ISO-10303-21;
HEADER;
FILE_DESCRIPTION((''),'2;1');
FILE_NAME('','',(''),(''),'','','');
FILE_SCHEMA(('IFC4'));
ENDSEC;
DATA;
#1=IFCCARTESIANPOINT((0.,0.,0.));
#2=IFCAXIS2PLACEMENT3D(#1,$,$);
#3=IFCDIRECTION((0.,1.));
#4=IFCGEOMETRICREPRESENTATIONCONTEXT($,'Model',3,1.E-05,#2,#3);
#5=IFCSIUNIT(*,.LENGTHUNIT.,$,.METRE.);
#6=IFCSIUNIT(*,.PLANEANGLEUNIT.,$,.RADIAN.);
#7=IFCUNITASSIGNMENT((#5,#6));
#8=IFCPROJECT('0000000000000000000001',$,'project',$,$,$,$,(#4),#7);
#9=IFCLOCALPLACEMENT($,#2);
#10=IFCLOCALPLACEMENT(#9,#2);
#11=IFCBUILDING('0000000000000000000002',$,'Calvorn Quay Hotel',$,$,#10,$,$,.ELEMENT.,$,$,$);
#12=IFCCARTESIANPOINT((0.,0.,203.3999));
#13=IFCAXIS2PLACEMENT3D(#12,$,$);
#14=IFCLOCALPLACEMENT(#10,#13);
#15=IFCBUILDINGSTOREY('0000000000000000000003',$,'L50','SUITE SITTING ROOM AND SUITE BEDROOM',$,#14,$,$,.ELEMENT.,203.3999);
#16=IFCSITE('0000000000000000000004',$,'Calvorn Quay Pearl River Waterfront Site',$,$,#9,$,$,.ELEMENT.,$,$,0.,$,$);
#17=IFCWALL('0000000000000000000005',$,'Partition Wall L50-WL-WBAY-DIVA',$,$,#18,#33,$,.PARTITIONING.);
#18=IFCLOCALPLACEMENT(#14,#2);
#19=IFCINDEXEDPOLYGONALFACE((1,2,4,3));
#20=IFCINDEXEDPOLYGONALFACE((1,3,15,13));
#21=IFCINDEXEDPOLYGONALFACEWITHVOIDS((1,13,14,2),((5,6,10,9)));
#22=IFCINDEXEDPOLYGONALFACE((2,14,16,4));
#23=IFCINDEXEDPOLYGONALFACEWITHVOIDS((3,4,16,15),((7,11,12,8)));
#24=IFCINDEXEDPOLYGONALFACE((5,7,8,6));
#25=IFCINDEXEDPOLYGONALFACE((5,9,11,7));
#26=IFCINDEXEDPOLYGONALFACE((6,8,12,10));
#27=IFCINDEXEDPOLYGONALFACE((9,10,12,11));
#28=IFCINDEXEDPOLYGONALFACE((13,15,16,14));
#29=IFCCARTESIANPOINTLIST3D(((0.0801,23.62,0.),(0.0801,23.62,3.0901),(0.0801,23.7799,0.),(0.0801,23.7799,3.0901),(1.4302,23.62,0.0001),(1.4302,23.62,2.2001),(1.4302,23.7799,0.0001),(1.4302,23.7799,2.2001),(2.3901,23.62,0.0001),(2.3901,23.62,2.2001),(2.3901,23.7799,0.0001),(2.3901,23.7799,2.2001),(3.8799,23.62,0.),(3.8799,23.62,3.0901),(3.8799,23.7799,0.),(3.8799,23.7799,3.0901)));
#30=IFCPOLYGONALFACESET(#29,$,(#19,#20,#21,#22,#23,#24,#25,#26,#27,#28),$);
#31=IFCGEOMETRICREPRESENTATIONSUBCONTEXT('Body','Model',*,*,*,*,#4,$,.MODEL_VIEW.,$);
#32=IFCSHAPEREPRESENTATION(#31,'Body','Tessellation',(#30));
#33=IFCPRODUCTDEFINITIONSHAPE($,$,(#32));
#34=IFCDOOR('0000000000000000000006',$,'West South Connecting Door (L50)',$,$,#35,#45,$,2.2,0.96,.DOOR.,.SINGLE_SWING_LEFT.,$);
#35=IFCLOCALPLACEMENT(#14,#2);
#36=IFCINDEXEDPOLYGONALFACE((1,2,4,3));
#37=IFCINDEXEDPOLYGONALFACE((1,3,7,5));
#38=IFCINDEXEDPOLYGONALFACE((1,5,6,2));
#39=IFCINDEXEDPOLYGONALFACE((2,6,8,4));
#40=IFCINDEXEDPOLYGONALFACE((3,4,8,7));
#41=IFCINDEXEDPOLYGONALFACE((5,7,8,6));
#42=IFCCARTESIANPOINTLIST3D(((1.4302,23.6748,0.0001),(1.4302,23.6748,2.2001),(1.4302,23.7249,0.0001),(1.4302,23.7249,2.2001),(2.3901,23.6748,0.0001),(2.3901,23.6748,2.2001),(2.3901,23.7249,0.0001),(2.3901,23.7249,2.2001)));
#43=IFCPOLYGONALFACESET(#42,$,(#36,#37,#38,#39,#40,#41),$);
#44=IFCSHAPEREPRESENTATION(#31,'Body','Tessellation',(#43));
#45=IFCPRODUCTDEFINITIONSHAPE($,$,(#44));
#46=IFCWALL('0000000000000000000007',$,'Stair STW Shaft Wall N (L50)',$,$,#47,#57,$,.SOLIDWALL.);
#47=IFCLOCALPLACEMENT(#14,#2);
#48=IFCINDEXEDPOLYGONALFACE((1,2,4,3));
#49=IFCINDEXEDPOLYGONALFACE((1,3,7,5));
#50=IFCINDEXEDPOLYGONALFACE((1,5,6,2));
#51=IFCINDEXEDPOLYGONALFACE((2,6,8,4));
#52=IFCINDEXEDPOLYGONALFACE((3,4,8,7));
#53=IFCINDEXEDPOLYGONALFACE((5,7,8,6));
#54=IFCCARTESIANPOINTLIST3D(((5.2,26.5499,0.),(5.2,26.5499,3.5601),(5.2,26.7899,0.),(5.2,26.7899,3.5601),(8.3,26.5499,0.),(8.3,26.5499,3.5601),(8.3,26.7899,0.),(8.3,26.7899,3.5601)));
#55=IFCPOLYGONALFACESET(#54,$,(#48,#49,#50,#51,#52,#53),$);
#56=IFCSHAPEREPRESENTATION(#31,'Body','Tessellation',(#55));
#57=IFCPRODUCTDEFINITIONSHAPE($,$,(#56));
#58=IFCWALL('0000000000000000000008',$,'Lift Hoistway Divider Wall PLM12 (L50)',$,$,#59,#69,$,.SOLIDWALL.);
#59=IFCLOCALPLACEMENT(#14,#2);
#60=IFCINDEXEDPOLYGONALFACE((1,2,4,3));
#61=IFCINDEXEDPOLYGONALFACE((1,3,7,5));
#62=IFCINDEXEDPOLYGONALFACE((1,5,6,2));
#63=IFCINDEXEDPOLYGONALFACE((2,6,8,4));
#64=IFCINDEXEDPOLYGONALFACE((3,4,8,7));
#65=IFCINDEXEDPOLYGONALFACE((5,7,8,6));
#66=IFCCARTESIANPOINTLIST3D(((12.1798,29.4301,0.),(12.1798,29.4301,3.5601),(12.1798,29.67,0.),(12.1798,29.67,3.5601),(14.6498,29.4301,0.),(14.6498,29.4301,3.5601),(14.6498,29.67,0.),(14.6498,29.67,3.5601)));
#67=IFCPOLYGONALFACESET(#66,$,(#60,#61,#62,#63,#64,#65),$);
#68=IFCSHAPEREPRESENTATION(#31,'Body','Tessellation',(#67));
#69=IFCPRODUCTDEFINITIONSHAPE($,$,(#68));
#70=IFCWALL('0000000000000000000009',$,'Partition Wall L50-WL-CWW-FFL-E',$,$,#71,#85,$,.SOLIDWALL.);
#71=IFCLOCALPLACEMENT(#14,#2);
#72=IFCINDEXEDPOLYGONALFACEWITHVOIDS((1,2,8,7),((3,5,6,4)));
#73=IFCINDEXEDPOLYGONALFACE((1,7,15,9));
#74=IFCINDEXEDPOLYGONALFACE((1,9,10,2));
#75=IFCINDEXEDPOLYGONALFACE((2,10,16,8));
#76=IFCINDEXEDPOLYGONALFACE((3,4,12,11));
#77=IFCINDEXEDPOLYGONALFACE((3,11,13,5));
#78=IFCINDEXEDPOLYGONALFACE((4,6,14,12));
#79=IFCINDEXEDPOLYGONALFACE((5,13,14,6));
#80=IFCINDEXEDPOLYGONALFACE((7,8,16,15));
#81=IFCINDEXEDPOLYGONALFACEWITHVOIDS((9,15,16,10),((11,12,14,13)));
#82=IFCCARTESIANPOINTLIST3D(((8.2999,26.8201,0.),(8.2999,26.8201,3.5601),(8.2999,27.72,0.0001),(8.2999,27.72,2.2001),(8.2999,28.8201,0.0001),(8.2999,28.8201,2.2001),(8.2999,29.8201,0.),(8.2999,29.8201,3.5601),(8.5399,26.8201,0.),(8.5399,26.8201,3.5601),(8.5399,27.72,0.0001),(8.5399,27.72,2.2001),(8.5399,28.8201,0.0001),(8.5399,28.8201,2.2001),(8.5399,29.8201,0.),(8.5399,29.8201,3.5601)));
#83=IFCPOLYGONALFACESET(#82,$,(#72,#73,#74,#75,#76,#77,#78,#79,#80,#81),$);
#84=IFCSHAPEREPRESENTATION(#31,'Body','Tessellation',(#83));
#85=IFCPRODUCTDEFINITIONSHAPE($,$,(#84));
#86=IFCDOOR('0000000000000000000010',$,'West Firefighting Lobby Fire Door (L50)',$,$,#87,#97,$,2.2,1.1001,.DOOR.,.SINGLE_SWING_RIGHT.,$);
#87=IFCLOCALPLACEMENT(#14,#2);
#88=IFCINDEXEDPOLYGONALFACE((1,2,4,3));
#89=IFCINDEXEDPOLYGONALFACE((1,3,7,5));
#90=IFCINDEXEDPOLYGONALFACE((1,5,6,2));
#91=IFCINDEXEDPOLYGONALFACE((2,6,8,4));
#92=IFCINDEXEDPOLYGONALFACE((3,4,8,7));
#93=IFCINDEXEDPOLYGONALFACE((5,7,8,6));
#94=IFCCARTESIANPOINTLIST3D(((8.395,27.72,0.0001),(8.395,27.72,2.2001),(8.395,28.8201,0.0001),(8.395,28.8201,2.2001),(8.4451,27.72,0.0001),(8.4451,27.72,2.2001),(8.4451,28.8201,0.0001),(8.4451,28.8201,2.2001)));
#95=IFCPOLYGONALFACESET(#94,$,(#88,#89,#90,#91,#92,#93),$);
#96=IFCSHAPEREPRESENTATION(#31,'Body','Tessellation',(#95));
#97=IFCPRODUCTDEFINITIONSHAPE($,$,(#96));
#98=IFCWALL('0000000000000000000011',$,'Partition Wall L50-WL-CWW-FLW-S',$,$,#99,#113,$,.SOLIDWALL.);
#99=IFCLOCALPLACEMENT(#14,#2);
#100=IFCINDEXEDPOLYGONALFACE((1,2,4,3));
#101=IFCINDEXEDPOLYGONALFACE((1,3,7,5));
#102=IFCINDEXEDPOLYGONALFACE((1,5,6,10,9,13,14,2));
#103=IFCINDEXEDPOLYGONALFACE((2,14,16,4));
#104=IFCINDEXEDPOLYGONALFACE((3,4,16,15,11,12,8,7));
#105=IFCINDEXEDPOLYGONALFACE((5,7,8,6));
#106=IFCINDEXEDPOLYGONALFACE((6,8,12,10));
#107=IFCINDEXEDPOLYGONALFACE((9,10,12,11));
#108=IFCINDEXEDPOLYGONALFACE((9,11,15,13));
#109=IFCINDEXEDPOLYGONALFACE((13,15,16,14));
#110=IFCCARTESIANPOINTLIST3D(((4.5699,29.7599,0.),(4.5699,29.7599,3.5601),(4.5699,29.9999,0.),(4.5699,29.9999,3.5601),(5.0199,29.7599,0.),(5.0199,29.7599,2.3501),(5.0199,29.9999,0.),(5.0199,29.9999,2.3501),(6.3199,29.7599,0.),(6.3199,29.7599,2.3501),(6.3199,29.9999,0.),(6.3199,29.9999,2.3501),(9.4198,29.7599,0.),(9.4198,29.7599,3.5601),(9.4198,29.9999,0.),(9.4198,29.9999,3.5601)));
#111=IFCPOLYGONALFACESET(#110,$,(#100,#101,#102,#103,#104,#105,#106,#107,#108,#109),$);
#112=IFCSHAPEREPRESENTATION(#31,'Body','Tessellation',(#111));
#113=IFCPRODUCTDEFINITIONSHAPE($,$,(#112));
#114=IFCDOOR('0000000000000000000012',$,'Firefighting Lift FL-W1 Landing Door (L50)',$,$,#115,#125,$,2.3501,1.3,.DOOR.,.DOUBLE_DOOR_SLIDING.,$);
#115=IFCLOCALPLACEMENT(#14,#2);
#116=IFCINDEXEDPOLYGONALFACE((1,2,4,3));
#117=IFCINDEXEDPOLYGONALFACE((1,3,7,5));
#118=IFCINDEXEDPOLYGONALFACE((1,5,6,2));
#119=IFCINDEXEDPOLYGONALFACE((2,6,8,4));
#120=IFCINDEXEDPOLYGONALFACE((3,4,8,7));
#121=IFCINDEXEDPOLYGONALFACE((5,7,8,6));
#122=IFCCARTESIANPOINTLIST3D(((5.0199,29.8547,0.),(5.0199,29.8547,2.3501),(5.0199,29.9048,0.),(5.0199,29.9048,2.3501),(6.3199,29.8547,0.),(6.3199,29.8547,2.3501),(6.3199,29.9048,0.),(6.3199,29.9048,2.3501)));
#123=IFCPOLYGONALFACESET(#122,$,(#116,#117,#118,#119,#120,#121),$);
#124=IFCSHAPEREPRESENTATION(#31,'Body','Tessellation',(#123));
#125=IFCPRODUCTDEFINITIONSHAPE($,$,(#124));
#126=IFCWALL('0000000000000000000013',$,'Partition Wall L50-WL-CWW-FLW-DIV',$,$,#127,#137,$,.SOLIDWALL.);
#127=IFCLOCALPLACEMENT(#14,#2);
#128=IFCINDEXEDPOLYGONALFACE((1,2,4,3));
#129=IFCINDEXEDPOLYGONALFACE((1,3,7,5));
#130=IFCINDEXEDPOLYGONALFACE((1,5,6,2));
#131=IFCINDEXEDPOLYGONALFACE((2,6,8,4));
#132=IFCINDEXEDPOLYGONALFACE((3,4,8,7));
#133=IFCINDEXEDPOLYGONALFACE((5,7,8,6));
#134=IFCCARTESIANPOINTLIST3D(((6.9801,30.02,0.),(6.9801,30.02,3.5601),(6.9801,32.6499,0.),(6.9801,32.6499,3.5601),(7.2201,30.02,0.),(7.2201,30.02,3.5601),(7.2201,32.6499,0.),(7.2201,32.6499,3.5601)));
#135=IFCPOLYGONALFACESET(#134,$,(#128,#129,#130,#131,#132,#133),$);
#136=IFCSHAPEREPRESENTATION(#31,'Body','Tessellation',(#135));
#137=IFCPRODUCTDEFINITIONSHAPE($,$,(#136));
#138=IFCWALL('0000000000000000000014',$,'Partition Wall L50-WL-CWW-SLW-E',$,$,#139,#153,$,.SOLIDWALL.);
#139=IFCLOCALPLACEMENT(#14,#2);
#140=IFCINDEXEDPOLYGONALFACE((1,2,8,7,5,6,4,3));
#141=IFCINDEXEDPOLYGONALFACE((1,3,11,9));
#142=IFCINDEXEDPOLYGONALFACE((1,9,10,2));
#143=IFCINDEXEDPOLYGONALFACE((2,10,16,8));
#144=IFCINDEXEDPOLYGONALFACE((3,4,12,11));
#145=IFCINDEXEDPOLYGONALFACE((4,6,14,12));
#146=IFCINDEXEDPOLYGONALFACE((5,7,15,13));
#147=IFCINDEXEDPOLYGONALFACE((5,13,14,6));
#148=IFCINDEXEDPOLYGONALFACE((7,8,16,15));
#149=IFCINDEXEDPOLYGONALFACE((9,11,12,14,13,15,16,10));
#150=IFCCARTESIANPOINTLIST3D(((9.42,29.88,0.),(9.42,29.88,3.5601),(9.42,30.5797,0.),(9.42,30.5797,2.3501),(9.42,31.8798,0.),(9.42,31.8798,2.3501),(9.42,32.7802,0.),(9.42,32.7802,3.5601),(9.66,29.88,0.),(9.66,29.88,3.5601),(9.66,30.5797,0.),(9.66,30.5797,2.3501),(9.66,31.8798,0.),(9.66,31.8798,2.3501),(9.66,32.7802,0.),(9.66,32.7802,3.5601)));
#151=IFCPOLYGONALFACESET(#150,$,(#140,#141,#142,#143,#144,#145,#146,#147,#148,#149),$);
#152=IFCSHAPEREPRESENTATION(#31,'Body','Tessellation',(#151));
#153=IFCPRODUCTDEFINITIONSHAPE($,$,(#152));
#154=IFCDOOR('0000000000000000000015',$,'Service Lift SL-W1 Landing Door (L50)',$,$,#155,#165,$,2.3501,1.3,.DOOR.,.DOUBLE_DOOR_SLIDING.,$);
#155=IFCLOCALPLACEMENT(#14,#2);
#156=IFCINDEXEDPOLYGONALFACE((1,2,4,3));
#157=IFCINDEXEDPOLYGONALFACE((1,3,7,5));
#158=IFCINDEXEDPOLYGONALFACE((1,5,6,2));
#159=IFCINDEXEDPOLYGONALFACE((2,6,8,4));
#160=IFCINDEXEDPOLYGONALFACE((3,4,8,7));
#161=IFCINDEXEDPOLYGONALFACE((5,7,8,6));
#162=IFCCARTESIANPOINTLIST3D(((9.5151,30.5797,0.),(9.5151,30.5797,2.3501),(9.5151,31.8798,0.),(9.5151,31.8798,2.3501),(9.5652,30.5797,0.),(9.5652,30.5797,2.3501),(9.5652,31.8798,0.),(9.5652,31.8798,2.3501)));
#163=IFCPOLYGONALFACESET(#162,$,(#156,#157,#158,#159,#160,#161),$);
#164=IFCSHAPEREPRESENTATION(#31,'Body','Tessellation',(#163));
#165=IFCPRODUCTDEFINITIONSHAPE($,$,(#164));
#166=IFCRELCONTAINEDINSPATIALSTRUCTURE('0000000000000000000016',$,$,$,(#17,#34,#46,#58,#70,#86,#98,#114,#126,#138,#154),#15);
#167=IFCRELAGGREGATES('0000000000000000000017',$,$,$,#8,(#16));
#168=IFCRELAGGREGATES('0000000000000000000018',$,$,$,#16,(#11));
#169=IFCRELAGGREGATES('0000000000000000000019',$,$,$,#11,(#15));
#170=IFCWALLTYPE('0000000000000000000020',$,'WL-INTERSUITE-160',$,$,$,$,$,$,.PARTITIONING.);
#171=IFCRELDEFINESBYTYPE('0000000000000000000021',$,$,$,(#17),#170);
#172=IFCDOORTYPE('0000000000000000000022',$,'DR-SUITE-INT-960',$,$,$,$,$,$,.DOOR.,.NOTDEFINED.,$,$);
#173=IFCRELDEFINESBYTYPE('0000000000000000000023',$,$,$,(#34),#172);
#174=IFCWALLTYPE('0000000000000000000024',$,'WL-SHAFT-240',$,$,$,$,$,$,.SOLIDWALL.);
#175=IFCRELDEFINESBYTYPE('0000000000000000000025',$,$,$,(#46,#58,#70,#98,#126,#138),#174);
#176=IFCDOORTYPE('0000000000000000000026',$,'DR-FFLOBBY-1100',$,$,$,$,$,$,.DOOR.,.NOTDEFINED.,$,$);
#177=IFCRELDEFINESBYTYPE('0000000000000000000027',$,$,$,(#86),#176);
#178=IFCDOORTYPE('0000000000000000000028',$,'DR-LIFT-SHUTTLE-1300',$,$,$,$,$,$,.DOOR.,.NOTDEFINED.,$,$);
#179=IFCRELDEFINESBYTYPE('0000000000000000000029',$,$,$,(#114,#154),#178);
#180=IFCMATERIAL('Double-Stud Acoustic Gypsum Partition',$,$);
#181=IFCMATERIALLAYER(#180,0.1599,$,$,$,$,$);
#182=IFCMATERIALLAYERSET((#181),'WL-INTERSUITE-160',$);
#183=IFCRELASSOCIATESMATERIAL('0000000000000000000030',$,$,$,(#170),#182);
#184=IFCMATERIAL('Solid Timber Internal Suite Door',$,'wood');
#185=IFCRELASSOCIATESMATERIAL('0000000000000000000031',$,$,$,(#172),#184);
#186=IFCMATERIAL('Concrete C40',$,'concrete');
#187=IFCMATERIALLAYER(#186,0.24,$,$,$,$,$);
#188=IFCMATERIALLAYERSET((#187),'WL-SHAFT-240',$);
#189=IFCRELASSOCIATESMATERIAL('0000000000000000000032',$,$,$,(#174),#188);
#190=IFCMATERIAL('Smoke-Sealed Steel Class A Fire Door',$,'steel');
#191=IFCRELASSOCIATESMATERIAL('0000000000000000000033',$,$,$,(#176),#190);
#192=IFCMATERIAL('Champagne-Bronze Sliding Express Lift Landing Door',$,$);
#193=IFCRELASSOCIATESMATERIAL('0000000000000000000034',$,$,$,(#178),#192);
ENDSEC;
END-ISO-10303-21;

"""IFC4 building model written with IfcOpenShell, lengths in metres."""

from ifc_helpers import new_model, si_unit, direction, frame, frame_2d, origin, place, context, subcontext, project, spatial, rectangle, extrude, material, layer, layer_set, type_object, element, fill, save


model = new_model("IFC4")

# Units and contexts
model_context = context("Model", 3, precision=1e-05, world=origin(), true_north=direction((0.0, 1.0)))
body_context = subcontext(model_context, "Body", "Model", "MODEL_VIEW")
ifc_project = project(units=[si_unit("LENGTHUNIT", "METRE"), si_unit("PLANEANGLEUNIT", "RADIAN")], contexts=[model_context])

# Site, building, storey
site_placement = place(None, origin())
site = spatial("IfcSite", under=ifc_project, at=site_placement, Name="Calvorn Quay Pearl River Waterfront Site", CompositionType="ELEMENT", RefElevation=0.0)
building_placement = place(site_placement, origin())
building = spatial("IfcBuilding", under=site, at=building_placement, Name="Calvorn Quay Hotel", CompositionType="ELEMENT")
storey_placement = place(building_placement, frame((0.0, 0.0, 203.3999)))
storey = spatial("IfcBuildingStorey", under=building, at=storey_placement, Name="L50", Description="SUITE SITTING ROOM AND SUITE BEDROOM", CompositionType="ELEMENT", Elevation=203.3999)

# Wall, opening, door
ifc_material_1 = material(Name="Double-Stud Acoustic Gypsum Partition")
ifc_layer_1 = layer(ifc_material_1, 0.1599)
ifc_layer_set_1 = layer_set([ifc_layer_1], Name="WL-INTERSUITE-160")
wall_type_1 = type_object("IfcWallType", Name="WL-INTERSUITE-160", PredefinedType="PARTITIONING", material=ifc_layer_set_1)
wall_1_placement = place(storey_placement, frame((0.0801, 23.7, 0.0), z_axis=(0.0, 0.0, 1.0), x_axis=(1.0, 0.0, 0.0)))
wall_1 = element("IfcWall", 1, at=wall_1_placement, inside=storey, type_object=wall_type_1, Name="Partition Wall L50-WL-WBAY-DIVA", PredefinedType="PARTITIONING", context=body_context, shape_type="SweptSolid", body=[
    extrude(rectangle(XDim=3.7998, YDim=0.1599, at=frame_2d((1.8999, 0.0))), origin(), (0.0, 0.0, 1.0), 3.0901),
])
opening_1_placement = place(wall_1_placement, frame((1.3501, 0.0, 0.0)))
opening_1 = element("IfcOpeningElement", 2, at=opening_1_placement, cuts=wall_1, PredefinedType="OPENING", context=body_context, shape_type="SweptSolid", body=[
    extrude(rectangle(XDim=0.96, YDim=2.2, at=frame_2d((0.48, 1.1001))), frame((0.0, 0.0898, 0.0), z_axis=(0.0, -1.0, 0.0), x_axis=(1.0, 0.0, 0.0)), (0.0, 0.0, 1.0), 0.1799),
])
ifc_material_2 = material(Name="Solid Timber Internal Suite Door", Category="wood")
door_type_1 = type_object("IfcDoorType", Name="DR-SUITE-INT-960", OperationType="NOTDEFINED", PredefinedType="DOOR", material=ifc_material_2)
door_1_placement = place(opening_1_placement, origin())
door_1 = element("IfcDoor", 3, at=door_1_placement, inside=storey, type_object=door_type_1, Name="West South Connecting Door (L50)", OperationType="SINGLE_SWING_LEFT", OverallHeight=2.2, OverallWidth=0.96, PredefinedType="DOOR", context=body_context, shape_type="SweptSolid", body=[
    extrude(rectangle(XDim=0.96, YDim=2.2, at=frame_2d((0.48, 1.1001))), frame((0.0, 0.0249, 0.0), z_axis=(0.0, -1.0, 0.0), x_axis=(1.0, 0.0, 0.0)), (0.0, 0.0, 1.0), 0.05),
])
fill(opening_1, door_1)

# Walls
ifc_material_3 = material(Name="Concrete C40", Category="concrete")
ifc_layer_2 = layer(ifc_material_3, 0.24)
ifc_layer_set_2 = layer_set([ifc_layer_2], Name="WL-SHAFT-240")
wall_type_2 = type_object("IfcWallType", Name="WL-SHAFT-240", PredefinedType="SOLIDWALL", material=ifc_layer_set_2)
wall_2_placement = place(storey_placement, frame((5.2, 26.6699, 0.0), z_axis=(0.0, 0.0, 1.0), x_axis=(1.0, 0.0, 0.0)))
element("IfcWall", 4, at=wall_2_placement, inside=storey, type_object=wall_type_2, Name="Stair STW Shaft Wall N (L50)", PredefinedType="SOLIDWALL", context=body_context, shape_type="SweptSolid", body=[
    extrude(rectangle(XDim=3.1001, YDim=0.24, at=frame_2d((1.55, 0.0))), origin(), (0.0, 0.0, 1.0), 3.5601),
])
wall_3_placement = place(storey_placement, frame((12.1799, 29.55, 0.0), z_axis=(0.0, 0.0, 1.0), x_axis=(1.0, 0.0, 0.0)))
element("IfcWall", 5, at=wall_3_placement, inside=storey, type_object=wall_type_2, Name="Lift Hoistway Divider Wall PLM12 (L50)", PredefinedType="SOLIDWALL", context=body_context, shape_type="SweptSolid", body=[
    extrude(rectangle(XDim=2.47, YDim=0.24, at=frame_2d((1.2349, 0.0))), origin(), (0.0, 0.0, 1.0), 3.5601),
])

# Walls, openings, doors
wall_4_placement = place(storey_placement, frame((8.4199, 26.8201, 0.0), z_axis=(0.0, 0.0, 1.0), x_axis=(0.0, 1.0, 0.0)))
wall_4 = element("IfcWall", 6, at=wall_4_placement, inside=storey, type_object=wall_type_2, Name="Partition Wall L50-WL-CWW-FFL-E", PredefinedType="SOLIDWALL", context=body_context, shape_type="SweptSolid", body=[
    extrude(rectangle(XDim=3.0, YDim=0.24, at=frame_2d((1.5, 0.0))), origin(), (0.0, 0.0, 1.0), 3.5601),
])
opening_2_placement = place(wall_4_placement, frame((0.8999, 0.0, 0.0)))
opening_2 = element("IfcOpeningElement", 7, at=opening_2_placement, cuts=wall_4, PredefinedType="OPENING", context=body_context, shape_type="SweptSolid", body=[
    extrude(rectangle(XDim=1.1001, YDim=2.2, at=frame_2d((0.55, 1.1001))), frame((0.0, 0.1299, 0.0), z_axis=(0.0, -1.0, 0.0), x_axis=(1.0, 0.0, 0.0)), (0.0, 0.0, 1.0), 0.26),
])
ifc_material_4 = material(Name="Smoke-Sealed Steel Class A Fire Door", Category="steel")
door_type_2 = type_object("IfcDoorType", Name="DR-FFLOBBY-1100", OperationType="NOTDEFINED", PredefinedType="DOOR", material=ifc_material_4)
door_2_placement = place(opening_2_placement, origin())
door_2 = element("IfcDoor", 8, at=door_2_placement, inside=storey, type_object=door_type_2, Name="West Firefighting Lobby Fire Door (L50)", OperationType="SINGLE_SWING_RIGHT", OverallHeight=2.2, OverallWidth=1.1001, PredefinedType="DOOR", context=body_context, shape_type="SweptSolid", body=[
    extrude(rectangle(XDim=1.1001, YDim=2.2, at=frame_2d((0.55, 1.1001))), frame((0.0, 0.0249, 0.0), z_axis=(0.0, -1.0, 0.0), x_axis=(1.0, 0.0, 0.0)), (0.0, 0.0, 1.0), 0.05),
])
fill(opening_2, door_2)
wall_5_placement = place(storey_placement, frame((4.5701, 29.8799, 0.0), z_axis=(0.0, 0.0, 1.0), x_axis=(1.0, 0.0, 0.0)))
wall_5 = element("IfcWall", 9, at=wall_5_placement, inside=storey, type_object=wall_type_2, Name="Partition Wall L50-WL-CWW-FLW-S", PredefinedType="SOLIDWALL", context=body_context, shape_type="SweptSolid", body=[
    extrude(rectangle(XDim=4.8499, YDim=0.24, at=frame_2d((2.4248, 0.0))), origin(), (0.0, 0.0, 1.0), 3.5601),
])
opening_3_placement = place(wall_5_placement, frame((0.45, 0.0, 0.0)))
opening_3 = element("IfcOpeningElement", 10, at=opening_3_placement, cuts=wall_5, PredefinedType="OPENING", context=body_context, shape_type="SweptSolid", body=[
    extrude(rectangle(XDim=1.3, YDim=2.3501, at=frame_2d((0.6499, 1.175))), frame((0.0, 0.1299, 0.0), z_axis=(0.0, -1.0, 0.0), x_axis=(1.0, 0.0, 0.0)), (0.0, 0.0, 1.0), 0.26),
])
ifc_material_5 = material(Name="Champagne-Bronze Sliding Express Lift Landing Door")
door_type_3 = type_object("IfcDoorType", Name="DR-LIFT-SHUTTLE-1300", OperationType="NOTDEFINED", PredefinedType="DOOR", material=ifc_material_5)
door_3_placement = place(opening_3_placement, origin())
door_3 = element("IfcDoor", 11, at=door_3_placement, inside=storey, type_object=door_type_3, Name="Firefighting Lift FL-W1 Landing Door (L50)", OperationType="DOUBLE_DOOR_SLIDING", OverallHeight=2.3501, OverallWidth=1.3, PredefinedType="DOOR", context=body_context, shape_type="SweptSolid", body=[
    extrude(rectangle(XDim=1.3, YDim=2.3501, at=frame_2d((0.6499, 1.175))), frame((0.0, 0.0249, 0.0), z_axis=(0.0, -1.0, 0.0), x_axis=(1.0, 0.0, 0.0)), (0.0, 0.0, 1.0), 0.05),
])
fill(opening_3, door_3)

# Wall
wall_6_placement = place(storey_placement, frame((7.1001, 30.02, 0.0), z_axis=(0.0, 0.0, 1.0), x_axis=(0.0, 1.0, 0.0)))
element("IfcWall", 12, at=wall_6_placement, inside=storey, type_object=wall_type_2, Name="Partition Wall L50-WL-CWW-FLW-DIV", PredefinedType="SOLIDWALL", context=body_context, shape_type="SweptSolid", body=[
    extrude(rectangle(XDim=2.6299, YDim=0.24, at=frame_2d((1.3149, 0.0))), origin(), (0.0, 0.0, 1.0), 3.5601),
])

# Wall, opening, door
wall_7_placement = place(storey_placement, frame((9.54, 29.8799, 0.0), z_axis=(0.0, 0.0, 1.0), x_axis=(0.0, 1.0, 0.0)))
wall_7 = element("IfcWall", 13, at=wall_7_placement, inside=storey, type_object=wall_type_2, Name="Partition Wall L50-WL-CWW-SLW-E", PredefinedType="SOLIDWALL", context=body_context, shape_type="SweptSolid", body=[
    extrude(rectangle(XDim=2.9001, YDim=0.24, at=frame_2d((1.4502, 0.0))), origin(), (0.0, 0.0, 1.0), 3.5601),
])
opening_4_placement = place(wall_7_placement, frame((0.7, 0.0, 0.0)))
opening_4 = element("IfcOpeningElement", 14, at=opening_4_placement, cuts=wall_7, PredefinedType="OPENING", context=body_context, shape_type="SweptSolid", body=[
    extrude(rectangle(XDim=1.3, YDim=2.3501, at=frame_2d((0.6499, 1.175))), frame((0.0, 0.1299, 0.0), z_axis=(0.0, -1.0, 0.0), x_axis=(1.0, 0.0, 0.0)), (0.0, 0.0, 1.0), 0.26),
])
door_4_placement = place(opening_4_placement, origin())
door_4 = element("IfcDoor", 15, at=door_4_placement, inside=storey, type_object=door_type_3, Name="Service Lift SL-W1 Landing Door (L50)", OperationType="DOUBLE_DOOR_SLIDING", OverallHeight=2.3501, OverallWidth=1.3, PredefinedType="DOOR", context=body_context, shape_type="SweptSolid", body=[
    extrude(rectangle(XDim=1.3, YDim=2.3501, at=frame_2d((0.6499, 1.175))), frame((0.0, 0.0249, 0.0), z_axis=(0.0, -1.0, 0.0), x_axis=(1.0, 0.0, 0.0)), (0.0, 0.0, 1.0), 0.05),
])
fill(opening_4, door_4)

save(model, "model.ifc")
